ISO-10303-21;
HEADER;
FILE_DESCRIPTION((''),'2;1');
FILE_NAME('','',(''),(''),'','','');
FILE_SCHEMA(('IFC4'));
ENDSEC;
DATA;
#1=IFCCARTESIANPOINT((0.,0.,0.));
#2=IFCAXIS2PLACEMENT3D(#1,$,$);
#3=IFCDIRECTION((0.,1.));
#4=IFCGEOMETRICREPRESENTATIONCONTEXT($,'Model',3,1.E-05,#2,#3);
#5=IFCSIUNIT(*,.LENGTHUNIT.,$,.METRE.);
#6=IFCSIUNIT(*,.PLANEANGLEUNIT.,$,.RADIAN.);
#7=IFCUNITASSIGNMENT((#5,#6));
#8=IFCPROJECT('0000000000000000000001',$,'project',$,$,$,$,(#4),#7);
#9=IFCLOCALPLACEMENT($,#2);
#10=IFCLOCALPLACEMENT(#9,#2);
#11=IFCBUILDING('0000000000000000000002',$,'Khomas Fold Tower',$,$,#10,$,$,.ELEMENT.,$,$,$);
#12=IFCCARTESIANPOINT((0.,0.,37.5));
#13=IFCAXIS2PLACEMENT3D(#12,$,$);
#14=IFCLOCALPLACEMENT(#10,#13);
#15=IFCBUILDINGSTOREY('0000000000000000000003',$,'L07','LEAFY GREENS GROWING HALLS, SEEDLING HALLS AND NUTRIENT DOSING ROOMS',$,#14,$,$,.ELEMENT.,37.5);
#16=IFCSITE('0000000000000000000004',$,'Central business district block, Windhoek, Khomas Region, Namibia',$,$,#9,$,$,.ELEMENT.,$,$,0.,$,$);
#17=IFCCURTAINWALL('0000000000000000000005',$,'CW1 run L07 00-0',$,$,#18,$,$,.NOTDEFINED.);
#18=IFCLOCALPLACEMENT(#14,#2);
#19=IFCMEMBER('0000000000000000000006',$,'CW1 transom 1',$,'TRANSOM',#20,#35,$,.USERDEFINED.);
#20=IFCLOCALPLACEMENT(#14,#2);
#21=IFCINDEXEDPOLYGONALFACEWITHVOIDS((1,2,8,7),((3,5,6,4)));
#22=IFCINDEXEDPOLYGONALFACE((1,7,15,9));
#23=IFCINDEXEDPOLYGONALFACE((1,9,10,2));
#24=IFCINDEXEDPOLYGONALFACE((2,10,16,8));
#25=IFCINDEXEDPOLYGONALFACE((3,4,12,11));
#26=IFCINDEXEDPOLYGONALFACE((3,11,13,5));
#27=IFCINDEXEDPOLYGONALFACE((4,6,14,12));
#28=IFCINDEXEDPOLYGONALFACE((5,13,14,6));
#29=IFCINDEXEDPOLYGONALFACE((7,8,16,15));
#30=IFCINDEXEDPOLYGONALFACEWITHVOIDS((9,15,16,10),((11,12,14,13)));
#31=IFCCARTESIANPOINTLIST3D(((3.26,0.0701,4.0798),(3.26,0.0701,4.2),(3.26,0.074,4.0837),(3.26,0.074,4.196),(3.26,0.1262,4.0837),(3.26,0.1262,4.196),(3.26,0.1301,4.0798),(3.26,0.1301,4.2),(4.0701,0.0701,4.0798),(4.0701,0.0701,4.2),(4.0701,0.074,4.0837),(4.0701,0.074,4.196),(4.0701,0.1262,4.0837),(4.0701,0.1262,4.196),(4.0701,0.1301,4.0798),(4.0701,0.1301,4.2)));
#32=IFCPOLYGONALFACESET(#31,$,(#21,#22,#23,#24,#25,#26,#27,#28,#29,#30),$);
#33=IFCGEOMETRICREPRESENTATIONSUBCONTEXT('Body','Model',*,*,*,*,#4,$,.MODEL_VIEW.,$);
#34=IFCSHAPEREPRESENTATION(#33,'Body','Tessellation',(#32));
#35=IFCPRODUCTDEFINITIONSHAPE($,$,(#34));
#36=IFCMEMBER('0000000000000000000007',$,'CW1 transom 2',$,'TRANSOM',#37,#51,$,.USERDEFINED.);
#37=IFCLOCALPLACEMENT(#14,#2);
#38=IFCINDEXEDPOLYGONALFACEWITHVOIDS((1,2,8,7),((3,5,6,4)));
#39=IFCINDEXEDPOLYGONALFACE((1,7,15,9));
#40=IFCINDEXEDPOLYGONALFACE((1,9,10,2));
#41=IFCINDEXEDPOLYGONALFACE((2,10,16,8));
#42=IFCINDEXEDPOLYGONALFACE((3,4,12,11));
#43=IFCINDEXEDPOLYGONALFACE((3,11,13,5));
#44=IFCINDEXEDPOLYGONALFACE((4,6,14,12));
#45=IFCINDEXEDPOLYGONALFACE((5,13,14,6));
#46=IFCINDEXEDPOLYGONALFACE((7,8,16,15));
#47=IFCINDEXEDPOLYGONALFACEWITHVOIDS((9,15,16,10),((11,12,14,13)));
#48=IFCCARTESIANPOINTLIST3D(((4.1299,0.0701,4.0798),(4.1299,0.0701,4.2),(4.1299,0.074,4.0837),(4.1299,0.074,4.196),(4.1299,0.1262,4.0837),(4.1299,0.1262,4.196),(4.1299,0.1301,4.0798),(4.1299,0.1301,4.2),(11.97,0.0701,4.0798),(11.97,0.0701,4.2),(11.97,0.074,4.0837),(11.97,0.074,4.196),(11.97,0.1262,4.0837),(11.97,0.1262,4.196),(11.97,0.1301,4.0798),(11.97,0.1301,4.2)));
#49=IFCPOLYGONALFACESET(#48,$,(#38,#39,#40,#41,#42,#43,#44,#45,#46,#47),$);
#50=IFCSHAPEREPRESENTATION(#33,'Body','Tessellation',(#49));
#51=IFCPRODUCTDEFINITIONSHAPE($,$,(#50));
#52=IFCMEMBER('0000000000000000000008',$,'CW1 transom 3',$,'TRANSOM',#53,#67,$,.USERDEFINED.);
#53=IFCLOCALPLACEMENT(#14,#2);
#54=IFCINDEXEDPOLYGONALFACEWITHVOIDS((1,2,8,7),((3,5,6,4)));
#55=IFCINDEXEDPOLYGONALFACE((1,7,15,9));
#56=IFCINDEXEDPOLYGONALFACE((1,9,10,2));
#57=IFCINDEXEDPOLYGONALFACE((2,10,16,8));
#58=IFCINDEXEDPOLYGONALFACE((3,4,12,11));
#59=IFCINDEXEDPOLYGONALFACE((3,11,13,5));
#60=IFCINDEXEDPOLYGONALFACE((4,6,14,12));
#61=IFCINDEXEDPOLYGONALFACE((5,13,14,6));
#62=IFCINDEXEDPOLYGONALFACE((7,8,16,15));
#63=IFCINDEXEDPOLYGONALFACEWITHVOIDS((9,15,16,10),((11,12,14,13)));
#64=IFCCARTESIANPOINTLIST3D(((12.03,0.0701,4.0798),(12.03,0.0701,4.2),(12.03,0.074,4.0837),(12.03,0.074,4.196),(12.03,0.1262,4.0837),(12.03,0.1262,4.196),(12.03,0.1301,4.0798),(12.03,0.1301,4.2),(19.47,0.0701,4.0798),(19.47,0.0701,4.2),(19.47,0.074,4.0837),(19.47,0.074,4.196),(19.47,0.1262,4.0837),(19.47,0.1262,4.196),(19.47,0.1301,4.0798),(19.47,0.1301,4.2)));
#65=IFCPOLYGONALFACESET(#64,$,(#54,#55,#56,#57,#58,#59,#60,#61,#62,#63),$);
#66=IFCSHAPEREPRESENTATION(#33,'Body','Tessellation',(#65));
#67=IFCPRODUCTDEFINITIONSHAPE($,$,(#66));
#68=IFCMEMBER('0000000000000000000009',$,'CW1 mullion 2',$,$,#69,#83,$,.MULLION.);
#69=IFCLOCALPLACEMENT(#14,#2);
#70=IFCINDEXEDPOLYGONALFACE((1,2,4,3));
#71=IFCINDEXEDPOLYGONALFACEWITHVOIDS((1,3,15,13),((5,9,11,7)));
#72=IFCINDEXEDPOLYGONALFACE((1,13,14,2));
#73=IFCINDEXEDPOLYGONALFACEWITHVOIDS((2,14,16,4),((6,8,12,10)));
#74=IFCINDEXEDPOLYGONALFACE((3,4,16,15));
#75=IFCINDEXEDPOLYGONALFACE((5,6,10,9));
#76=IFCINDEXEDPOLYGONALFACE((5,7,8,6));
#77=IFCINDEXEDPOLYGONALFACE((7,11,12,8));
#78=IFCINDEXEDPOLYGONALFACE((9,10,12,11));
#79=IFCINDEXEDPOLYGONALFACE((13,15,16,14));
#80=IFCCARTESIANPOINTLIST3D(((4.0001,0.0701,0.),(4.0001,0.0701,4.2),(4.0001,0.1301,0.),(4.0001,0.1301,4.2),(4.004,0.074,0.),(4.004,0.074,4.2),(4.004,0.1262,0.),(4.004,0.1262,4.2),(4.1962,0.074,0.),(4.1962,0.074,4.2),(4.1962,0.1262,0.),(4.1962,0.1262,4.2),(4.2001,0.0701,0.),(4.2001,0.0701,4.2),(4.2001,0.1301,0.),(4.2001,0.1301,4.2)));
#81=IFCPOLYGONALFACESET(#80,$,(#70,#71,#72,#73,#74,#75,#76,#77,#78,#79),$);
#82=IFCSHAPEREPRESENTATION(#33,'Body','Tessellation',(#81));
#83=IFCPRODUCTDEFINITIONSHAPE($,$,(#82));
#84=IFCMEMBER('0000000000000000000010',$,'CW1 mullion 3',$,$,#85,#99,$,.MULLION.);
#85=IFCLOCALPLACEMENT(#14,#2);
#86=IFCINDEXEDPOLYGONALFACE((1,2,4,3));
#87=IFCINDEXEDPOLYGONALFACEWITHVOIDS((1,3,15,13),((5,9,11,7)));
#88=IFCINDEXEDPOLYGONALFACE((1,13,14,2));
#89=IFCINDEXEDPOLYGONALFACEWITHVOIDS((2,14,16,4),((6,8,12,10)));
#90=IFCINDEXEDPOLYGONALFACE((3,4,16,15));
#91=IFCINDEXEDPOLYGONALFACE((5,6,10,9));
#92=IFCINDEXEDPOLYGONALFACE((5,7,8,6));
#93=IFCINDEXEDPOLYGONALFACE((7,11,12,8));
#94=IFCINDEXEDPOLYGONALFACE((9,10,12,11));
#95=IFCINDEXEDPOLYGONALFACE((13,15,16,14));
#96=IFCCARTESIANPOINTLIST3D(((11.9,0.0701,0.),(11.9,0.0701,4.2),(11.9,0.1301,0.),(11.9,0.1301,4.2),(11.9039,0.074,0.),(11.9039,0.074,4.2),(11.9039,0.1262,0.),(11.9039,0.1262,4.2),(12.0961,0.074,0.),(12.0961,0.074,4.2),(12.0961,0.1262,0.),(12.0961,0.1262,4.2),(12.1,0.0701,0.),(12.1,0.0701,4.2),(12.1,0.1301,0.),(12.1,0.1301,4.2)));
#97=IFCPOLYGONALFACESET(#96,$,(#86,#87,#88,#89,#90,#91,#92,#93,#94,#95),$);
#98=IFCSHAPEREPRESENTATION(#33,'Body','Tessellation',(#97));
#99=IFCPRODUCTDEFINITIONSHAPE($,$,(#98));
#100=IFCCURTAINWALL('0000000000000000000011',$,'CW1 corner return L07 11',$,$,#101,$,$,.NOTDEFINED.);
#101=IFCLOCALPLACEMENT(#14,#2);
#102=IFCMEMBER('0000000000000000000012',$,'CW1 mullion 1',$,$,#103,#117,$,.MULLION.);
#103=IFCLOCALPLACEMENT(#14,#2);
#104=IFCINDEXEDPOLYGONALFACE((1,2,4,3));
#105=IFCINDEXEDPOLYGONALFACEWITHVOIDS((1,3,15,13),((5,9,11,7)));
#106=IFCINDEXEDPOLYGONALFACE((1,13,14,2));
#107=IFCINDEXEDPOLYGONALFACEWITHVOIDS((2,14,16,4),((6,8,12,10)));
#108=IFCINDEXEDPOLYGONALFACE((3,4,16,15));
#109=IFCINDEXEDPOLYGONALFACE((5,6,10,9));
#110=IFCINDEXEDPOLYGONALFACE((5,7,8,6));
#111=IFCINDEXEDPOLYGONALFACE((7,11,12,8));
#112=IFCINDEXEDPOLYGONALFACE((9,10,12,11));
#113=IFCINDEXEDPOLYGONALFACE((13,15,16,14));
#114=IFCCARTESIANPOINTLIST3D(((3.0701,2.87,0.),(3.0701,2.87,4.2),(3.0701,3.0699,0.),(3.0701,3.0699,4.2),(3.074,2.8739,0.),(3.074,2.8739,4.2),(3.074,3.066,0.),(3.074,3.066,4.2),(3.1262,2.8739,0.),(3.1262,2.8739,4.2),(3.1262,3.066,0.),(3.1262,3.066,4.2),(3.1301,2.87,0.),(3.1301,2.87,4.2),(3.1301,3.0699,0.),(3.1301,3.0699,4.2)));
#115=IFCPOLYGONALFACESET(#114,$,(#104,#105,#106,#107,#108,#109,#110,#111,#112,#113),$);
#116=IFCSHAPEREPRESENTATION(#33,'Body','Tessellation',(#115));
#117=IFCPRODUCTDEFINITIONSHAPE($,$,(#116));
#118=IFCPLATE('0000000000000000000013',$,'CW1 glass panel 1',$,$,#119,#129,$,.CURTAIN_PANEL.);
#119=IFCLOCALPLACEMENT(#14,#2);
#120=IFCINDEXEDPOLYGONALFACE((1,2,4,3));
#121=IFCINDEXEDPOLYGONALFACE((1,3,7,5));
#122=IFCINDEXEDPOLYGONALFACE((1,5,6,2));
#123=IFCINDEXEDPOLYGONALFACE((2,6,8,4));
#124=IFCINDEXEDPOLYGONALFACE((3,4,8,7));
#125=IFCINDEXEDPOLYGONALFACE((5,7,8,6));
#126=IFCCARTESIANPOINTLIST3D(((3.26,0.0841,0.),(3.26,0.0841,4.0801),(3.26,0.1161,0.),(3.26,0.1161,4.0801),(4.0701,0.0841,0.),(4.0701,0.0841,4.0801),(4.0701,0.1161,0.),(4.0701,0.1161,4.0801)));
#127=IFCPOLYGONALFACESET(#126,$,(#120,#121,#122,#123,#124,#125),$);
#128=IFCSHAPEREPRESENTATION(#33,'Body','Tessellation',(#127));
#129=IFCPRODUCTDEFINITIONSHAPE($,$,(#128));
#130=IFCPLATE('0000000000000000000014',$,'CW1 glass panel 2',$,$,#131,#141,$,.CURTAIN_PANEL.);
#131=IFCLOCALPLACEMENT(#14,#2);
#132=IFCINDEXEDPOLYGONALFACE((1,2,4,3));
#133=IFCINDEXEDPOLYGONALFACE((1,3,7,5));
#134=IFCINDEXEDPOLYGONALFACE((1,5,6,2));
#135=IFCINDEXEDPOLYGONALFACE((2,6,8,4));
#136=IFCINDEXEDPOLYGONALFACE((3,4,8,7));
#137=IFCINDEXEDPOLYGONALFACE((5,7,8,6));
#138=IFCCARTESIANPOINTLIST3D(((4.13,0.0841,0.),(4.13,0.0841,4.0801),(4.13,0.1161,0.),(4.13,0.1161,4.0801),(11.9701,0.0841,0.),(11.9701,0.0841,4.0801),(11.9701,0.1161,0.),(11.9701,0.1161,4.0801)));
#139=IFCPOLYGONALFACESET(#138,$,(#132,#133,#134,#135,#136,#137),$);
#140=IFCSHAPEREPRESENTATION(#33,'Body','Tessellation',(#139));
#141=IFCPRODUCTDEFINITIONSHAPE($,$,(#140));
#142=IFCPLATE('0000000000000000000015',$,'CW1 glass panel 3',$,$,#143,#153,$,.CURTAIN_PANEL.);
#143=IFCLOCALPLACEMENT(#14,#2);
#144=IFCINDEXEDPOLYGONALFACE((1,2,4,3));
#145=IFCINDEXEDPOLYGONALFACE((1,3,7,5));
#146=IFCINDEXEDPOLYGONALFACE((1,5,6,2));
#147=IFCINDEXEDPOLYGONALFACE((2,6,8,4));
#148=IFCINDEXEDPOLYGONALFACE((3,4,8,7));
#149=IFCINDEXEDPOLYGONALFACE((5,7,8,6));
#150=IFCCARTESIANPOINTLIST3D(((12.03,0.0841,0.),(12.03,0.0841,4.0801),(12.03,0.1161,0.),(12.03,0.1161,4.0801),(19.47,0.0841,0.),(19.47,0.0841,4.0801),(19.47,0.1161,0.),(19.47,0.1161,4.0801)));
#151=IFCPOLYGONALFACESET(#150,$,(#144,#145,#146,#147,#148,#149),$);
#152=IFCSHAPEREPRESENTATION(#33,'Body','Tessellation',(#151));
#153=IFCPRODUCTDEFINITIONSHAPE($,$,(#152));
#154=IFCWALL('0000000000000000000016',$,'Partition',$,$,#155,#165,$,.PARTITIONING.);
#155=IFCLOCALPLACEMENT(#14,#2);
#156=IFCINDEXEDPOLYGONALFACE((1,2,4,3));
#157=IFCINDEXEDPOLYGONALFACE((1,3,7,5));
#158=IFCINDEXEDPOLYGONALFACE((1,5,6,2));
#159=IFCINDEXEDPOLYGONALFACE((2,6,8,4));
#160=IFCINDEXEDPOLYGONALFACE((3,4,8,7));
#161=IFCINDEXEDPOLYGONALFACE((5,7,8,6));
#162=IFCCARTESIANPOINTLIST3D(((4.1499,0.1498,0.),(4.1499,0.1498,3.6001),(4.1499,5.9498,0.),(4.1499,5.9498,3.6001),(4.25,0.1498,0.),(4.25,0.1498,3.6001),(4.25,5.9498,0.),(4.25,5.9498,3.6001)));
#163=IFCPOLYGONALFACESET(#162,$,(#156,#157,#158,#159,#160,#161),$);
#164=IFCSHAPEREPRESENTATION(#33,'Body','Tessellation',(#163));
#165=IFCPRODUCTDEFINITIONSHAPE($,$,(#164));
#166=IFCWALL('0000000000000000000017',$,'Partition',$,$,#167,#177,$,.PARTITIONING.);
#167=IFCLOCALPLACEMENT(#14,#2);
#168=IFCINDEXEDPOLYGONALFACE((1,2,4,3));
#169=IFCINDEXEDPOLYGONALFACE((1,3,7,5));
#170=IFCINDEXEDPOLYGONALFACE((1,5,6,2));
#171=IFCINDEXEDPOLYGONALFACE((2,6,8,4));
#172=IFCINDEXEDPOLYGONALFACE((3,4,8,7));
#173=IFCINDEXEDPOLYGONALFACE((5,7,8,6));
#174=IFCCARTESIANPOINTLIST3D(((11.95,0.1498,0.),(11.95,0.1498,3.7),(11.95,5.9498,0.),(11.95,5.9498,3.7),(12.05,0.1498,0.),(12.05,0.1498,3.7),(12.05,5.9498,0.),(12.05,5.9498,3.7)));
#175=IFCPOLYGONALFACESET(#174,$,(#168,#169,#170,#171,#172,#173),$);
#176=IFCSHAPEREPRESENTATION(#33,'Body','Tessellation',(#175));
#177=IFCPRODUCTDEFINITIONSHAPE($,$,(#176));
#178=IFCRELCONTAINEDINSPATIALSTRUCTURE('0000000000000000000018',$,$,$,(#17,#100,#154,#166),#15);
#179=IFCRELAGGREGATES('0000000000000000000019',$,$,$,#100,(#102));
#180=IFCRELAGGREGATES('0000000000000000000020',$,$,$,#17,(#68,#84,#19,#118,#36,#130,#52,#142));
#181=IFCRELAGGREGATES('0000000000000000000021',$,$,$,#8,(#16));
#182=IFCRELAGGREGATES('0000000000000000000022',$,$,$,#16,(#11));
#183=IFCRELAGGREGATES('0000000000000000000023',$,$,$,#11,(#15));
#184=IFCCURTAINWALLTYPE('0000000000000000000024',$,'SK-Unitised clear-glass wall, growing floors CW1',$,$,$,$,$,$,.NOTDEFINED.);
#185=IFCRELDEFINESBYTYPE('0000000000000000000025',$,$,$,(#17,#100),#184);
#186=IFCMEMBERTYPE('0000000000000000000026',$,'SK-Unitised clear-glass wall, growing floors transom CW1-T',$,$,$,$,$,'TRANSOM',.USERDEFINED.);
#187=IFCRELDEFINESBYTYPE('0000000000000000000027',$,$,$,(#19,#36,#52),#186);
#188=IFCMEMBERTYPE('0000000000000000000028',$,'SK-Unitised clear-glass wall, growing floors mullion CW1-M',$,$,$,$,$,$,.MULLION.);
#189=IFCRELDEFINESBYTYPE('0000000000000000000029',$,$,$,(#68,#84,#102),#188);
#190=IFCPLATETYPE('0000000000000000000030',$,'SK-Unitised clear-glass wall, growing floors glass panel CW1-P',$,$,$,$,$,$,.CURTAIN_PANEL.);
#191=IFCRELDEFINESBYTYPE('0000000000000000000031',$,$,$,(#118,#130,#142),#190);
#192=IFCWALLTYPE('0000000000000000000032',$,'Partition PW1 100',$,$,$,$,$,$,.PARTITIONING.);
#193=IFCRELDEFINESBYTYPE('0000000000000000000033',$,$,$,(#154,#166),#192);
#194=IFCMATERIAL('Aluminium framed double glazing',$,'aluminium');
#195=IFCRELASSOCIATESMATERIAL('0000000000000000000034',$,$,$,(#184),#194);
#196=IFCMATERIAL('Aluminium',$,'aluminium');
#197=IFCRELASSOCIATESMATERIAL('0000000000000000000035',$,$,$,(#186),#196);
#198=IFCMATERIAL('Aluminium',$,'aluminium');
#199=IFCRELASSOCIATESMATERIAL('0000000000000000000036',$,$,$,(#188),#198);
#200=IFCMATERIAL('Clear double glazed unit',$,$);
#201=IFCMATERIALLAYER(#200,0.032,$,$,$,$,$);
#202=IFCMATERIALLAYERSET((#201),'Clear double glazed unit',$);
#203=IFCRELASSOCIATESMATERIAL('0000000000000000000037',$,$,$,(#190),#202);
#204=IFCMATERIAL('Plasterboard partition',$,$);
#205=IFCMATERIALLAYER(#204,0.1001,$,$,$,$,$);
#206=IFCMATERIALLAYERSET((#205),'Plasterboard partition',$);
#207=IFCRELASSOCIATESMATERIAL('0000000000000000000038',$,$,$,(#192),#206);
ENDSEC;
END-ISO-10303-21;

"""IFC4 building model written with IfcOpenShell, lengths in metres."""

from ifc_helpers import new_model, si_unit, direction, frame, frame_2d, origin, origin_2d, place, context, subcontext, project, spatial, rectangle, hollow_rectangle, extrude, source, transform, mapped, material, layer, layer_set, material_profile, profile_set, type_object, element, aggregate, save


model = new_model("IFC4")

# Units and contexts
model_context = context("Model", 3, precision=1e-05, world=origin(), true_north=direction((0.0, 1.0)))
body_context = subcontext(model_context, "Body", "Model", "MODEL_VIEW")
ifc_project = project(units=[si_unit("LENGTHUNIT", "METRE"), si_unit("PLANEANGLEUNIT", "RADIAN")], contexts=[model_context])

# Site, building, storey
site_placement = place(None, origin())
site = spatial("IfcSite", under=ifc_project, at=site_placement, Name="Central business district block, Windhoek, Khomas Region, Namibia", CompositionType="ELEMENT", RefElevation=0.0)
building_placement = place(site_placement, origin())
building = spatial("IfcBuilding", under=site, at=building_placement, Name="Khomas Fold Tower", CompositionType="ELEMENT")
storey_placement = place(building_placement, frame((0.0, 0.0, 37.5)))
storey = spatial("IfcBuildingStorey", under=building, at=storey_placement, Name="L07", Description="LEAFY GREENS GROWING HALLS, SEEDLING HALLS AND NUTRIENT DOSING ROOMS", CompositionType="ELEMENT", Elevation=37.5)

# Curtain wall, members
ifc_material_1 = material(Name="Aluminium framed double glazing", Category="aluminium")
curtain_wall_type = type_object("IfcCurtainWallType", Name="SK-Unitised clear-glass wall, growing floors CW1", PredefinedType="NOTDEFINED", material=ifc_material_1)
curtain_wall_1_placement = place(storey_placement, origin())
curtain_wall_1 = element("IfcCurtainWall", 1, at=curtain_wall_1_placement, inside=storey, type_object=curtain_wall_type, Name="CW1 run L07 00-0", PredefinedType="NOTDEFINED")
ifc_material_2 = material(Name="Aluminium", Category="aluminium")
ifc_material_profile_1 = material_profile(ifc_material_2, hollow_rectangle(XDim=0.0601, YDim=0.1201, WallThickness=0.0039, at=origin_2d()), Name="SK-Unitised clear-glass wall, growing floors transom CW1-T")
ifc_profile_set_1 = profile_set([ifc_material_profile_1], Name="Aluminium")
member_type_1 = type_object("IfcMemberType", Name="SK-Unitised clear-glass wall, growing floors transom CW1-T", ElementType="TRANSOM", PredefinedType="USERDEFINED", material=ifc_profile_set_1)
shared_shape_1 = source(origin(), body_context, "Body", "SweptSolid", [
    extrude(hollow_rectangle(XDim=0.0601, YDim=0.1201, WallThickness=0.0039, at=origin_2d()), origin(), (0.0, 0.0, 1.0), 0.8101),
])
member_1_placement = place(storey_placement, frame((3.26, 0.1001, 4.1399), z_axis=(1.0, 0.0, 0.0), x_axis=(0.0, 1.0, 0.0)))
member_1 = element("IfcMember", 2, at=member_1_placement, type_object=member_type_1, Name="CW1 transom 1", ObjectType="TRANSOM", PredefinedType="USERDEFINED", context=body_context, shape_type="MappedRepresentation", body=[
    mapped(shared_shape_1, transform((0.0, 0.0, 0.0))),
])
shared_shape_2 = source(origin(), body_context, "Body", "SweptSolid", [
    extrude(hollow_rectangle(XDim=0.0601, YDim=0.1201, WallThickness=0.0039, at=origin_2d()), origin(), (0.0, 0.0, 1.0), 7.8401),
])
member_2_placement = place(storey_placement, frame((4.1299, 0.1001, 4.1399), z_axis=(1.0, 0.0, 0.0), x_axis=(0.0, 1.0, 0.0)))
member_2 = element("IfcMember", 3, at=member_2_placement, type_object=member_type_1, Name="CW1 transom 2", ObjectType="TRANSOM", PredefinedType="USERDEFINED", context=body_context, shape_type="MappedRepresentation", body=[
    mapped(shared_shape_2, transform((0.0, 0.0, 0.0))),
])
shared_shape_3 = source(origin(), body_context, "Body", "SweptSolid", [
    extrude(hollow_rectangle(XDim=0.0601, YDim=0.1201, WallThickness=0.0039, at=origin_2d()), origin(), (0.0, 0.0, 1.0), 7.4399),
])
member_3_placement = place(storey_placement, frame((12.03, 0.1001, 4.1399), z_axis=(1.0, 0.0, 0.0), x_axis=(0.0, 1.0, 0.0)))
member_3 = element("IfcMember", 4, at=member_3_placement, type_object=member_type_1, Name="CW1 transom 3", ObjectType="TRANSOM", PredefinedType="USERDEFINED", context=body_context, shape_type="MappedRepresentation", body=[
    mapped(shared_shape_3, transform((0.0, 0.0, 0.0))),
])
ifc_material_3 = material(Name="Aluminium", Category="aluminium")
ifc_material_profile_2 = material_profile(ifc_material_3, hollow_rectangle(XDim=0.0601, YDim=0.2, WallThickness=0.0039, at=origin_2d()), Name="SK-Unitised clear-glass wall, growing floors mullion CW1-M")
ifc_profile_set_2 = profile_set([ifc_material_profile_2], Name="Aluminium")
member_type_2 = type_object("IfcMemberType", Name="SK-Unitised clear-glass wall, growing floors mullion CW1-M", PredefinedType="MULLION", material=ifc_profile_set_2)
shared_shape_4 = source(origin(), body_context, "Body", "SweptSolid", [
    extrude(hollow_rectangle(XDim=0.0601, YDim=0.2, WallThickness=0.0039, at=origin_2d()), origin(), (0.0, 0.0, 1.0), 4.2),
])
member_4_placement = place(storey_placement, frame((4.1001, 0.1001, 0.0), z_axis=(0.0, 0.0, 1.0), x_axis=(0.0, 1.0, 0.0)))
member_4 = element("IfcMember", 5, at=member_4_placement, type_object=member_type_2, Name="CW1 mullion 2", PredefinedType="MULLION", context=body_context, shape_type="MappedRepresentation", body=[
    mapped(shared_shape_4, transform((0.0, 0.0, 0.0))),
])
member_5_placement = place(storey_placement, frame((12.0, 0.1001, 0.0), z_axis=(0.0, 0.0, 1.0), x_axis=(0.0, 1.0, 0.0)))
member_5 = element("IfcMember", 6, at=member_5_placement, type_object=member_type_2, Name="CW1 mullion 3", PredefinedType="MULLION", context=body_context, shape_type="MappedRepresentation", body=[
    mapped(shared_shape_4, transform((0.0, 0.0, 0.0))),
])

# Curtain wall, member
curtain_wall_2_placement = place(storey_placement, origin())
curtain_wall_2 = element("IfcCurtainWall", 7, at=curtain_wall_2_placement, inside=storey, type_object=curtain_wall_type, Name="CW1 corner return L07 11", PredefinedType="NOTDEFINED")
member_6_placement = place(storey_placement, frame((3.1001, 2.97, 0.0), z_axis=(0.0, 0.0, 1.0), x_axis=(1.0, 0.0, 0.0)))
member_6 = element("IfcMember", 8, at=member_6_placement, type_object=member_type_2, Name="CW1 mullion 1", PredefinedType="MULLION", context=body_context, shape_type="MappedRepresentation", body=[
    mapped(shared_shape_4, transform((0.0, 0.0, 0.0))),
])
aggregate(curtain_wall_2, [member_6])

# Plates
ifc_material_4 = material(Name="Clear double glazed unit")
ifc_layer_1 = layer(ifc_material_4, 0.032)
ifc_layer_set_1 = layer_set([ifc_layer_1], Name="Clear double glazed unit")
plate_type = type_object("IfcPlateType", Name="SK-Unitised clear-glass wall, growing floors glass panel CW1-P", PredefinedType="CURTAIN_PANEL", material=ifc_layer_set_1)
shared_shape_5 = source(origin(), body_context, "Body", "SweptSolid", [
    extrude(rectangle(XDim=0.8101, YDim=0.032, at=origin_2d()), origin(), (0.0, 0.0, 1.0), 4.0801),
])
plate_1_placement = place(storey_placement, frame((3.665, 0.1001, 0.0), z_axis=(0.0, 0.0, 1.0), x_axis=(1.0, 0.0, 0.0)))
plate_1 = element("IfcPlate", 9, at=plate_1_placement, type_object=plate_type, Name="CW1 glass panel 1", PredefinedType="CURTAIN_PANEL", context=body_context, shape_type="MappedRepresentation", body=[
    mapped(shared_shape_5, transform((0.0, 0.0, 0.0))),
])
shared_shape_6 = source(origin(), body_context, "Body", "SweptSolid", [
    extrude(rectangle(XDim=7.8401, YDim=0.032, at=origin_2d()), origin(), (0.0, 0.0, 1.0), 4.0801),
])
plate_2_placement = place(storey_placement, frame((8.05, 0.1001, 0.0), z_axis=(0.0, 0.0, 1.0), x_axis=(1.0, 0.0, 0.0)))
plate_2 = element("IfcPlate", 10, at=plate_2_placement, type_object=plate_type, Name="CW1 glass panel 2", PredefinedType="CURTAIN_PANEL", context=body_context, shape_type="MappedRepresentation", body=[
    mapped(shared_shape_6, transform((0.0, 0.0, 0.0))),
])
shared_shape_7 = source(origin(), body_context, "Body", "SweptSolid", [
    extrude(rectangle(XDim=7.4399, YDim=0.032, at=origin_2d()), origin(), (0.0, 0.0, 1.0), 4.0801),
])
plate_3_placement = place(storey_placement, frame((15.75, 0.1001, 0.0), z_axis=(0.0, 0.0, 1.0), x_axis=(1.0, 0.0, 0.0)))
plate_3 = element("IfcPlate", 11, at=plate_3_placement, type_object=plate_type, Name="CW1 glass panel 3", PredefinedType="CURTAIN_PANEL", context=body_context, shape_type="MappedRepresentation", body=[
    mapped(shared_shape_7, transform((0.0, 0.0, 0.0))),
])
aggregate(curtain_wall_1, [member_4, member_5, member_1, plate_1, member_2, plate_2, member_3, plate_3])

# Walls
ifc_material_5 = material(Name="Plasterboard partition")
ifc_layer_2 = layer(ifc_material_5, 0.1001)
ifc_layer_set_2 = layer_set([ifc_layer_2], Name="Plasterboard partition")
wall_type_1 = type_object("IfcWallType", Name="Partition PW1 100", PredefinedType="PARTITIONING", material=ifc_layer_set_2)
shared_shape_8 = source(origin(), body_context, "Body", "SweptSolid", [
    extrude(rectangle(XDim=5.8, YDim=0.1001, at=frame_2d((2.8999, 0.0))), origin(), (0.0, 0.0, 1.0), 3.6001),
])
wall_1_placement = place(storey_placement, frame((4.2, 0.1499, 0.0), z_axis=(0.0, 0.0, 1.0), x_axis=(0.0, 1.0, 0.0)))
element("IfcWall", 12, at=wall_1_placement, inside=storey, type_object=wall_type_1, Name="Partition", PredefinedType="PARTITIONING", context=body_context, shape_type="MappedRepresentation", body=[
    mapped(shared_shape_8, transform((0.0, 0.0, 0.0))),
])
shared_shape_9 = source(origin(), body_context, "Body", "SweptSolid", [
    extrude(rectangle(XDim=5.8, YDim=0.1001, at=frame_2d((2.8999, 0.0))), origin(), (0.0, 0.0, 1.0), 3.7),
])
wall_2_placement = place(storey_placement, frame((12.0, 0.1499, 0.0), z_axis=(0.0, 0.0, 1.0), x_axis=(0.0, 1.0, 0.0)))
element("IfcWall", 13, at=wall_2_placement, inside=storey, type_object=wall_type_1, Name="Partition", PredefinedType="PARTITIONING", context=body_context, shape_type="MappedRepresentation", body=[
    mapped(shared_shape_9, transform((0.0, 0.0, 0.0))),
])

save(model, "model.ifc")
